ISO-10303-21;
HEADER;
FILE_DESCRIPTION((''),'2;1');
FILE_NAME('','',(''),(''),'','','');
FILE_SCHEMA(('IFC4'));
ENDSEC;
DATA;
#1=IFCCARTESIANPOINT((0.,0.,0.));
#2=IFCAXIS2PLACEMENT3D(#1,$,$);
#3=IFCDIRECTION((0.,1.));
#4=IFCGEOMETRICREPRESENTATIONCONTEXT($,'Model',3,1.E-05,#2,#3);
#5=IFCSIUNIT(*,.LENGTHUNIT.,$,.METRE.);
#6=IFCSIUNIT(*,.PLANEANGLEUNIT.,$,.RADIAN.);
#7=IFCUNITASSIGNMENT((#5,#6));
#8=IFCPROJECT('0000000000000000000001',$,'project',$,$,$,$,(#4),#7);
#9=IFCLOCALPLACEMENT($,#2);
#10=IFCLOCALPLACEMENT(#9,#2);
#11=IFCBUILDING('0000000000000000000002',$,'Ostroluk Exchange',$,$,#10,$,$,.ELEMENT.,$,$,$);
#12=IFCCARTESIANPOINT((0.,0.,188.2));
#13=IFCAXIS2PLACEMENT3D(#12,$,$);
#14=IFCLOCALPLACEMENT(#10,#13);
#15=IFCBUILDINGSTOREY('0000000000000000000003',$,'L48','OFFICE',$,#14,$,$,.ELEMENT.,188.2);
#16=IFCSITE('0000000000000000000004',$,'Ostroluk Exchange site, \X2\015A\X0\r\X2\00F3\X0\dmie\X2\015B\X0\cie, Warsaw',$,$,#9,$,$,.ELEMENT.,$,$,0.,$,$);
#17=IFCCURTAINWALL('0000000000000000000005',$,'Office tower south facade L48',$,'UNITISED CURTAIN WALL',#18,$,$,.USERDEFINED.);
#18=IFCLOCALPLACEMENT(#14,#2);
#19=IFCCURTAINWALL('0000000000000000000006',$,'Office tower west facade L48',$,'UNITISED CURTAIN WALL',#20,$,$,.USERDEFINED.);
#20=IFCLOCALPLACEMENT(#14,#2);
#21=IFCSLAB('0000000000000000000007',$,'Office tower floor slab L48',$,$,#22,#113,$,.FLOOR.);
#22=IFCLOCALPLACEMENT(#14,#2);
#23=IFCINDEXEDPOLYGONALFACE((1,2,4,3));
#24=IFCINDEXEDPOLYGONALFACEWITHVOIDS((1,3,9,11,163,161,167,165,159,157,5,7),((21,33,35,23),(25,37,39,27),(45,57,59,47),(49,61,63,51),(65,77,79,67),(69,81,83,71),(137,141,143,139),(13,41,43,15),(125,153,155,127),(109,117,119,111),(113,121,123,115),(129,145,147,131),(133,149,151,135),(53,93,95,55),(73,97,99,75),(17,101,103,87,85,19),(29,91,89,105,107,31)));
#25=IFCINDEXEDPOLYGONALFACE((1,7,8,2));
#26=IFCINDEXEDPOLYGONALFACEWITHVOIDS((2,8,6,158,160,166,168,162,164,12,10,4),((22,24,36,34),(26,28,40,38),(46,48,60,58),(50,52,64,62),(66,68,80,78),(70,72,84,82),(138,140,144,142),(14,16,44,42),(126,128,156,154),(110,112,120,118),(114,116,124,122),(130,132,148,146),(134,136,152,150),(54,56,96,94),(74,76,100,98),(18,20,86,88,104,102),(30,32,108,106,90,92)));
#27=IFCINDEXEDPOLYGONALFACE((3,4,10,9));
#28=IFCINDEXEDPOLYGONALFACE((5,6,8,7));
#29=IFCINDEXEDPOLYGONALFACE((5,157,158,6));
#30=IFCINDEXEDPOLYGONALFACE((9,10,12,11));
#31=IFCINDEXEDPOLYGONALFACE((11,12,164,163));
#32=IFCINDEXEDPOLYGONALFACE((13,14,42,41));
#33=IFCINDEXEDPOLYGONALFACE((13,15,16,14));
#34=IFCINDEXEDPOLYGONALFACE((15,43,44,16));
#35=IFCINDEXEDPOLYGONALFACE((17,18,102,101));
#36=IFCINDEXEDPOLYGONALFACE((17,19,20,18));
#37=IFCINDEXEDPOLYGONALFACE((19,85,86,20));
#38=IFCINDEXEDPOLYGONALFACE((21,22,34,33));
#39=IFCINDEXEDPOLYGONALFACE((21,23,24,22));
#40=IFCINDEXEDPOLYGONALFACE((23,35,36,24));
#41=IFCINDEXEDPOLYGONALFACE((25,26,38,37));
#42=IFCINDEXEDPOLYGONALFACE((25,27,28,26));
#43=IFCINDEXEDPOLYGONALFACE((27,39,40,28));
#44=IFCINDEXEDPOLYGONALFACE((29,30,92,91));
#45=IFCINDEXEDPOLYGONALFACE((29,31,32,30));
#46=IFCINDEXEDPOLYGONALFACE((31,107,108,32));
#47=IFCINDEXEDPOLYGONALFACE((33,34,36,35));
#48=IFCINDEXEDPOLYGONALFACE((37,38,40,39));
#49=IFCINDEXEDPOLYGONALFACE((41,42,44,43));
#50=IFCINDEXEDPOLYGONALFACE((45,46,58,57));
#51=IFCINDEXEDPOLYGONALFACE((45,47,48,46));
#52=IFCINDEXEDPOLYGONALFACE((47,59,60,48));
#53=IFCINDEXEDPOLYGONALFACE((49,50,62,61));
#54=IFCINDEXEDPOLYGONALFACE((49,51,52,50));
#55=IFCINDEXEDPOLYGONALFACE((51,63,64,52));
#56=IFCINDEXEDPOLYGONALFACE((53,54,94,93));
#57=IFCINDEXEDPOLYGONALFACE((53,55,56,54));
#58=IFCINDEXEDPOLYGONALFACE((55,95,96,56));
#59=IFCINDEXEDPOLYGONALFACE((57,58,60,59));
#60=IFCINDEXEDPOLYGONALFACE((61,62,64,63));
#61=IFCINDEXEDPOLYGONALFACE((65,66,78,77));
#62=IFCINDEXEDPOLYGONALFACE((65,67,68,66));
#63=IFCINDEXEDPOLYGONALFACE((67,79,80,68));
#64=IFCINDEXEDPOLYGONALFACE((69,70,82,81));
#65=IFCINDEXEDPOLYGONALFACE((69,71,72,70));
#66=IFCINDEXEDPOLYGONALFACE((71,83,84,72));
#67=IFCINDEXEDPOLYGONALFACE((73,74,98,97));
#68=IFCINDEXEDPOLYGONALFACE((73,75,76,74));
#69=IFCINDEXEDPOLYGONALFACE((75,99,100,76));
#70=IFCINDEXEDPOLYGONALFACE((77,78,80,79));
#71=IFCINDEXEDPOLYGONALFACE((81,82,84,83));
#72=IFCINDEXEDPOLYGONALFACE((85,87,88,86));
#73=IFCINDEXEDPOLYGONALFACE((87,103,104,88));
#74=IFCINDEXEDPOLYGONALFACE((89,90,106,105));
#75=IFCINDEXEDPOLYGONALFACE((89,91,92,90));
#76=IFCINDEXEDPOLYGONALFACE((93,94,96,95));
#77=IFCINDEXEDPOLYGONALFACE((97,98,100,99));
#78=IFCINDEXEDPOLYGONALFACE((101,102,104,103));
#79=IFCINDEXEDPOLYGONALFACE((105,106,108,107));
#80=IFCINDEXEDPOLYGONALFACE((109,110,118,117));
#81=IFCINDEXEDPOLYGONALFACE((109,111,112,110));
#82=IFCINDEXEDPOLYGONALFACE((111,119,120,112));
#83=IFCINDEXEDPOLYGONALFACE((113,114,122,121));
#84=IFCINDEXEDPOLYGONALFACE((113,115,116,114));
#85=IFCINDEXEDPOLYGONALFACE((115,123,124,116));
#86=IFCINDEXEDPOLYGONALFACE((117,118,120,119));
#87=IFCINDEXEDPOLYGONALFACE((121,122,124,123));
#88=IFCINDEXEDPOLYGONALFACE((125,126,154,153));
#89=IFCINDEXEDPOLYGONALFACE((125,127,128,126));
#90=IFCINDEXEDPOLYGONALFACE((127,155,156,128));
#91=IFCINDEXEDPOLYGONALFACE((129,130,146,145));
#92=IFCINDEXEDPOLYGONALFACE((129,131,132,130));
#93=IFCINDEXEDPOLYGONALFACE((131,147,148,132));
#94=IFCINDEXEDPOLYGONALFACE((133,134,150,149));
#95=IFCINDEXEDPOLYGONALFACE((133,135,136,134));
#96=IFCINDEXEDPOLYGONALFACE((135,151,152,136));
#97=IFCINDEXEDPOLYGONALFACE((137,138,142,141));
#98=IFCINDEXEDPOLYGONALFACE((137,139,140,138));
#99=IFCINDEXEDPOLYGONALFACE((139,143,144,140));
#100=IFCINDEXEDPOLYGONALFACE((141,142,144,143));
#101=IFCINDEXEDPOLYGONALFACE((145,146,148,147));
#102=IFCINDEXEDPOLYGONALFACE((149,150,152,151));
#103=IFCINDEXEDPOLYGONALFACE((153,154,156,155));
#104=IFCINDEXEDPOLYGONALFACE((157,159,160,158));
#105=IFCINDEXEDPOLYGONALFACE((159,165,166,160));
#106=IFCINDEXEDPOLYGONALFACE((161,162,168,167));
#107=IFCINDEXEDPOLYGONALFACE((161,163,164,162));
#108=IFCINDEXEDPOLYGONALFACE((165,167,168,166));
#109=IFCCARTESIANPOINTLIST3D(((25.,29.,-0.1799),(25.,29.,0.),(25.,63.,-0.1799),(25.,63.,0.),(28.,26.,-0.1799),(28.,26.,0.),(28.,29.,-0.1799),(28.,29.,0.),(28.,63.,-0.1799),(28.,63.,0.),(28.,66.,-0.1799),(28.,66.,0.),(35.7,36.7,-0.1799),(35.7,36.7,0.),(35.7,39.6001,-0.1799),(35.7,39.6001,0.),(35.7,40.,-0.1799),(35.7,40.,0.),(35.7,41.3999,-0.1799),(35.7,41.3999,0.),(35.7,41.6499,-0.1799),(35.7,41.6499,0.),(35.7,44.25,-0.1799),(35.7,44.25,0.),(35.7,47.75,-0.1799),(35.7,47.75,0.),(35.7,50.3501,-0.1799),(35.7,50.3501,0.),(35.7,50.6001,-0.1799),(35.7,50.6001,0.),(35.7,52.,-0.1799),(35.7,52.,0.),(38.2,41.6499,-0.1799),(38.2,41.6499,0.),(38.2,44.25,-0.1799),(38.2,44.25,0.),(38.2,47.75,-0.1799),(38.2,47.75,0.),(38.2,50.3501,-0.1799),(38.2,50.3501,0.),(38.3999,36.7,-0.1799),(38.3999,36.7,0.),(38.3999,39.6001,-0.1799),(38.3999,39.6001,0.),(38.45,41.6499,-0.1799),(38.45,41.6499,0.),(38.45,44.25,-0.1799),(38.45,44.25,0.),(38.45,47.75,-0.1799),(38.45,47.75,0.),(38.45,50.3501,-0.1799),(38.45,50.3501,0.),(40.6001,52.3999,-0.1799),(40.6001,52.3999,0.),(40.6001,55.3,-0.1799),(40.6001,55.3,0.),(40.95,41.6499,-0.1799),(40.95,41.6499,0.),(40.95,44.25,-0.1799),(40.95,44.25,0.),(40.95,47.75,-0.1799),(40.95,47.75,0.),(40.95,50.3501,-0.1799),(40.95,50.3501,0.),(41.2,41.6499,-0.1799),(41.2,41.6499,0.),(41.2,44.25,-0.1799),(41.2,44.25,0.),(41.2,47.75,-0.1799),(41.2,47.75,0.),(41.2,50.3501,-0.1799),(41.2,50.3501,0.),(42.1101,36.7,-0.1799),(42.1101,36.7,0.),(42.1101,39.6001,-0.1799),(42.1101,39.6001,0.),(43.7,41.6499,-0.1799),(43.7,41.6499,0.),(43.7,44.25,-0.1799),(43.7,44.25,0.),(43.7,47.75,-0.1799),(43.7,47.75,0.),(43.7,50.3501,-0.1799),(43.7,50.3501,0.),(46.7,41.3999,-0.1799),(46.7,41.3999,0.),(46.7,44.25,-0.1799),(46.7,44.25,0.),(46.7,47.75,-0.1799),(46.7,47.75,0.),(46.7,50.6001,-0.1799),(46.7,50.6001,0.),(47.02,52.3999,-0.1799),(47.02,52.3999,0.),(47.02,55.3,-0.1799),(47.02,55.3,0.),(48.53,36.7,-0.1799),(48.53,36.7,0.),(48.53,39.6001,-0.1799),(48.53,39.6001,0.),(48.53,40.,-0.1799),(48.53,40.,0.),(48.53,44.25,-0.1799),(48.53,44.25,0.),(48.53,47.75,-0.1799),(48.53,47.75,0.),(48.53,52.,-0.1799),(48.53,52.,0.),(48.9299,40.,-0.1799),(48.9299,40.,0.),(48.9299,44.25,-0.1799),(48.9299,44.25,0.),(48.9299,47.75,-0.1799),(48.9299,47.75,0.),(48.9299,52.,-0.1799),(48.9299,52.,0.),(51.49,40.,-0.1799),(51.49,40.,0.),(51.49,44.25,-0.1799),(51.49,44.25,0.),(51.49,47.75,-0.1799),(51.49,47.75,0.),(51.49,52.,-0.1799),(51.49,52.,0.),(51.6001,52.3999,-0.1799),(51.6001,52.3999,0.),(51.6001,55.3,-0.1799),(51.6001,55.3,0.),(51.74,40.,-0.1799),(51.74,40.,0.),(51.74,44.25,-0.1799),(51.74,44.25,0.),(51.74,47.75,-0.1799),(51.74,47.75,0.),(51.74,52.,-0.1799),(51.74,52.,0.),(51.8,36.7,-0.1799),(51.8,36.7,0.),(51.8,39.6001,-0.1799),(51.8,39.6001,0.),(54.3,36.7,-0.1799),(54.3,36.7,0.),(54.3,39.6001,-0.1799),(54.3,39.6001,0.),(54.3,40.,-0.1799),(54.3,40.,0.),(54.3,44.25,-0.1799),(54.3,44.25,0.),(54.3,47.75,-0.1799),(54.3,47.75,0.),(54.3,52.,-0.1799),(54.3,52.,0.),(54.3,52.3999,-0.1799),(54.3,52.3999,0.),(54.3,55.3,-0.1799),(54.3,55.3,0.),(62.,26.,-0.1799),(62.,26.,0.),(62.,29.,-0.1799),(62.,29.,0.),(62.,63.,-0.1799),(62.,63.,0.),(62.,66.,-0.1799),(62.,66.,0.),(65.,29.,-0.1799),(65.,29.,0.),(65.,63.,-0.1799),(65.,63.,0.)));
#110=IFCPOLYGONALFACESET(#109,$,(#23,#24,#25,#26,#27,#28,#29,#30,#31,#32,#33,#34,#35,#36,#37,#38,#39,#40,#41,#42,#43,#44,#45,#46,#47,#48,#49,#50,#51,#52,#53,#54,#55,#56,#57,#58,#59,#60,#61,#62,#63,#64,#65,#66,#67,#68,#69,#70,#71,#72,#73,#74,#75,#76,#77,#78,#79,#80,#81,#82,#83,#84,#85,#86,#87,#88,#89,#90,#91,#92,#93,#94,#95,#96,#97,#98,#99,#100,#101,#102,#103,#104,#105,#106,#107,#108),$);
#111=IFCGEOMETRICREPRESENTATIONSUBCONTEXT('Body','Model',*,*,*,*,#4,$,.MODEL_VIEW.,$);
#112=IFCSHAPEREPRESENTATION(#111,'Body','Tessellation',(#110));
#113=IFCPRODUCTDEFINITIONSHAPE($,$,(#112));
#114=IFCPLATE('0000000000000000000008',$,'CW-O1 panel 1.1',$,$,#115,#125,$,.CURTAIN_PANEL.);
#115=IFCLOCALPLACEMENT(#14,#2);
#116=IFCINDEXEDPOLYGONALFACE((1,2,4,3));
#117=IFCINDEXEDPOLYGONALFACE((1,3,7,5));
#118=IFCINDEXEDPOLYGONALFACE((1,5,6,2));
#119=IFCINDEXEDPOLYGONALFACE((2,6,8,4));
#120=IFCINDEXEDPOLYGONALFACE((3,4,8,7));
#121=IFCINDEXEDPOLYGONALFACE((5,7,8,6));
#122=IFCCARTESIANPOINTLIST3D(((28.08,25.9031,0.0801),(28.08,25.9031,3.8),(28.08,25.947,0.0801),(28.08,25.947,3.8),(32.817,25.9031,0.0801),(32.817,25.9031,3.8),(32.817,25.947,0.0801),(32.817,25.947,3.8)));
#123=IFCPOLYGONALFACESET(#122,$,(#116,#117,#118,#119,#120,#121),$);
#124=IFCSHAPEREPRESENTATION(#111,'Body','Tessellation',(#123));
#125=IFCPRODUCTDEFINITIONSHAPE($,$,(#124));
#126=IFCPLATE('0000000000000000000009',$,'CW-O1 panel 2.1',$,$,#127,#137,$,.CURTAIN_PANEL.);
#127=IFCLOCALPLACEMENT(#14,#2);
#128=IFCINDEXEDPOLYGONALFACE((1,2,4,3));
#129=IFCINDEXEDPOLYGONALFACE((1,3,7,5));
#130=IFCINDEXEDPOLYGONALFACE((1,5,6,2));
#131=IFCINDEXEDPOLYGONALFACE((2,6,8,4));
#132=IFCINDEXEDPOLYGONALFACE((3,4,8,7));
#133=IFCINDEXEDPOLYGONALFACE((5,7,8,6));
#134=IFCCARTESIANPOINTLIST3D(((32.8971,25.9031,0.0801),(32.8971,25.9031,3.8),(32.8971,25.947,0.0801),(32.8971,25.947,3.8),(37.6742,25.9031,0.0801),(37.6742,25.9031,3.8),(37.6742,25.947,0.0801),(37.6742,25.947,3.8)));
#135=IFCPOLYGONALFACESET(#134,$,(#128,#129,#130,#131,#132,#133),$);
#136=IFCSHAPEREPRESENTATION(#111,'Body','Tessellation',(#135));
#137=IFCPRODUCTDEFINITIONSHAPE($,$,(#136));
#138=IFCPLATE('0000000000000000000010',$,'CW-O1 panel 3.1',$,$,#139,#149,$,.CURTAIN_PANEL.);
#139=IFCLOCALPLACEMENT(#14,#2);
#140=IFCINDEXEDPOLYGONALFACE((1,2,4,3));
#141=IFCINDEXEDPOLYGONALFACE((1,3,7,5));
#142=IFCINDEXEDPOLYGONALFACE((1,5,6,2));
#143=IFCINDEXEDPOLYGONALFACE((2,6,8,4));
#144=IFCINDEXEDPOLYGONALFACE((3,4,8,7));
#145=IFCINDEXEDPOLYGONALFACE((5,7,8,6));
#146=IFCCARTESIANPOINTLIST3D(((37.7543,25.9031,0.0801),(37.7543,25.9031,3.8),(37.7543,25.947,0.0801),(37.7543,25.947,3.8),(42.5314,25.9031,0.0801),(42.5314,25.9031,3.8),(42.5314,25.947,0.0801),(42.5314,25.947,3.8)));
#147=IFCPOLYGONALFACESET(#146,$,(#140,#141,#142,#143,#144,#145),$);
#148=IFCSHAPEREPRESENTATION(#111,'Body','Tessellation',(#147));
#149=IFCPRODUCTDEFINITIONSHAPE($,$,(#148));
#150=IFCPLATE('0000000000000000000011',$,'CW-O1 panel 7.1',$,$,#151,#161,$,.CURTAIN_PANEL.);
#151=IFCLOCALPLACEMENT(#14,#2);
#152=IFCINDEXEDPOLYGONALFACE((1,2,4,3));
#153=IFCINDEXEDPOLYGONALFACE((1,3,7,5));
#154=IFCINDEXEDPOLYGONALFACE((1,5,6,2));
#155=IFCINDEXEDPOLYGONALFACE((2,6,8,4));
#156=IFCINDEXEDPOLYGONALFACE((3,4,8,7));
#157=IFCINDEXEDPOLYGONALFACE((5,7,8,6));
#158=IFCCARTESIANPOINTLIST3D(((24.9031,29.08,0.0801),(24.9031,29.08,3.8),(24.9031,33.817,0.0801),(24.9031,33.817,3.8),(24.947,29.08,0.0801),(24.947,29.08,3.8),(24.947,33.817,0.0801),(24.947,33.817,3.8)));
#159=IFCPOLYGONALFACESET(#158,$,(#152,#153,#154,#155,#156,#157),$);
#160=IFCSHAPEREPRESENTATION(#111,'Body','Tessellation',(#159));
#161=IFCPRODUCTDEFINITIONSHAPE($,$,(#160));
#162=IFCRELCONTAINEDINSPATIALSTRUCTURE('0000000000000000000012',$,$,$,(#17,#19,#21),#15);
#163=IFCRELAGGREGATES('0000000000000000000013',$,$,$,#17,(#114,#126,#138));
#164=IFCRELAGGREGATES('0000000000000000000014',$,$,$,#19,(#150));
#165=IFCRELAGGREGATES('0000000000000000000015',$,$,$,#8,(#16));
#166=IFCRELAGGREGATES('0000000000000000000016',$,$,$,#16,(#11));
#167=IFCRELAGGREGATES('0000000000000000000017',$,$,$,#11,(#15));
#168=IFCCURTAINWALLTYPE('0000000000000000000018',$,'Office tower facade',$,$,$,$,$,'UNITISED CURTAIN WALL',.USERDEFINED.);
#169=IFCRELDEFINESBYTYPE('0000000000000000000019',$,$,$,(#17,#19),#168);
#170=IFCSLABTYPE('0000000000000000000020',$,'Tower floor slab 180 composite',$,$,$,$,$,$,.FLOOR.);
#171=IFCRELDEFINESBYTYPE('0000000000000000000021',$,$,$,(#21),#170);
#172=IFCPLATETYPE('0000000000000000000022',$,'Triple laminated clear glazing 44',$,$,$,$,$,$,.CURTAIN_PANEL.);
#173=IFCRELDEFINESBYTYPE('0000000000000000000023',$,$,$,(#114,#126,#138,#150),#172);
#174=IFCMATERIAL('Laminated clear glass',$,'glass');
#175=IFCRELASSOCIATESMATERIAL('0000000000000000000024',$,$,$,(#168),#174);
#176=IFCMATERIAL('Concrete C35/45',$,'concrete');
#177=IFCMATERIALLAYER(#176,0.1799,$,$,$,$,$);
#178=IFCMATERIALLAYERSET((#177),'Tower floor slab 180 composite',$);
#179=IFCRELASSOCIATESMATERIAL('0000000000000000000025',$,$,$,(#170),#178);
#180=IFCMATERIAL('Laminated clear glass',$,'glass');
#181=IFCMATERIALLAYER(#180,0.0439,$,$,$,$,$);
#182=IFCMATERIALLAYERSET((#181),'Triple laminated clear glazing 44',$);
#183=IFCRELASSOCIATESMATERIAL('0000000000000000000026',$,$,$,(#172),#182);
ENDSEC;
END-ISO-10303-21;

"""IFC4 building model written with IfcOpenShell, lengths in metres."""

from ifc_helpers import new_model, si_unit, direction, frame, origin, origin_2d, place, context, subcontext, project, spatial, polyline, rectangle, outline, extrude, material, layer, layer_set, type_object, element, aggregate, save


model = new_model("IFC4")

# Units and contexts
model_context = context("Model", 3, precision=1e-05, world=origin(), true_north=direction((0.0, 1.0)))
body_context = subcontext(model_context, "Body", "Model", "MODEL_VIEW")
ifc_project = project(units=[si_unit("LENGTHUNIT", "METRE"), si_unit("PLANEANGLEUNIT", "RADIAN")], contexts=[model_context])

# Site, building, storey
site_placement = place(None, origin())
site = spatial("IfcSite", under=ifc_project, at=site_placement, Name="Ostroluk Exchange site, Śródmieście, Warsaw", CompositionType="ELEMENT", RefElevation=0.0)
building_placement = place(site_placement, origin())
building = spatial("IfcBuilding", under=site, at=building_placement, Name="Ostroluk Exchange", CompositionType="ELEMENT")
storey_placement = place(building_placement, frame((0.0, 0.0, 188.2)))
storey = spatial("IfcBuildingStorey", under=building, at=storey_placement, Name="L48", Description="OFFICE", CompositionType="ELEMENT", Elevation=188.2)

# Curtain wall
ifc_material_1 = material(Name="Laminated clear glass", Category="glass")
curtain_wall_type = type_object("IfcCurtainWallType", Name="Office tower facade", ElementType="UNITISED CURTAIN WALL", PredefinedType="USERDEFINED", material=ifc_material_1)
curtain_wall_1_placement = place(storey_placement, origin())
curtain_wall_1 = element("IfcCurtainWall", 1, at=curtain_wall_1_placement, inside=storey, type_object=curtain_wall_type, Name="Office tower south facade L48", ObjectType="UNITISED CURTAIN WALL", PredefinedType="USERDEFINED")

# Curtain wall
curtain_wall_2_placement = place(storey_placement, origin())
curtain_wall_2 = element("IfcCurtainWall", 2, at=curtain_wall_2_placement, inside=storey, type_object=curtain_wall_type, Name="Office tower west facade L48", ObjectType="UNITISED CURTAIN WALL", PredefinedType="USERDEFINED")

# Slab
ifc_material_2 = material(Name="Concrete C35/45", Category="concrete")
ifc_layer_1 = layer(ifc_material_2, 0.1799)
ifc_layer_set_1 = layer_set([ifc_layer_1], Name="Tower floor slab 180 composite")
slab_type_1 = type_object("IfcSlabType", Name="Tower floor slab 180 composite", PredefinedType="FLOOR", material=ifc_layer_set_1)
slab_1_placement = place(storey_placement, frame((0.0, 0.0, -0.1799)))
element("IfcSlab", 3, at=slab_1_placement, inside=storey, type_object=slab_type_1, Name="Office tower floor slab L48", PredefinedType="FLOOR", context=body_context, shape_type="SweptSolid", body=[
    extrude(outline(polyline([(28.0, 26.0), (62.0, 26.0), (62.0, 29.0), (65.0, 29.0), (65.0, 63.0), (62.0, 63.0), (62.0, 66.0), (28.0, 66.0), (28.0, 63.0), (25.0, 63.0), (25.0, 29.0), (28.0, 29.0), (28.0, 26.0)]), holes=[polyline([(35.7, 36.7), (38.3999, 36.7), (38.3999, 39.6001), (35.7, 39.6001), (35.7, 36.7)]), polyline([(42.1101, 36.7), (48.53, 36.7), (48.53, 39.6001), (42.1101, 39.6001), (42.1101, 36.7)]), polyline([(51.8, 36.7), (54.3, 36.7), (54.3, 39.6001), (51.8, 39.6001), (51.8, 36.7)]), polyline([(40.6001, 52.3999), (47.02, 52.3999), (47.02, 55.3), (40.6001, 55.3), (40.6001, 52.3999)]), polyline([(51.6001, 52.3999), (54.3, 52.3999), (54.3, 55.3), (51.6001, 55.3), (51.6001, 52.3999)]), polyline([(35.7, 47.75), (38.2, 47.75), (38.2, 50.3501), (35.7, 50.3501), (35.7, 47.75)]), polyline([(38.45, 47.75), (40.95, 47.75), (40.95, 50.3501), (38.45, 50.3501), (38.45, 47.75)]), polyline([(41.2, 47.75), (43.7, 47.75), (43.7, 50.3501), (41.2, 50.3501), (41.2, 47.75)]), polyline([(35.7, 41.6499), (38.2, 41.6499), (38.2, 44.25), (35.7, 44.25), (35.7, 41.6499)]), polyline([(38.45, 41.6499), (40.95, 41.6499), (40.95, 44.25), (38.45, 44.25), (38.45, 41.6499)]), polyline([(41.2, 41.6499), (43.7, 41.6499), (43.7, 44.25), (41.2, 44.25), (41.2, 41.6499)]), polyline([(48.9299, 47.75), (51.49, 47.75), (51.49, 52.0), (48.9299, 52.0), (48.9299, 47.75)]), polyline([(51.74, 47.75), (54.3, 47.75), (54.3, 52.0), (51.74, 52.0), (51.74, 47.75)]), polyline([(48.9299, 40.0), (51.49, 40.0), (51.49, 44.25), (48.9299, 44.25), (48.9299, 40.0)]), polyline([(51.74, 40.0), (54.3, 40.0), (54.3, 44.25), (51.74, 44.25), (51.74, 40.0)]), polyline([(48.53, 52.0), (48.53, 47.75), (46.7, 47.75), (46.7, 50.6001), (35.7, 50.6001), (35.7, 52.0), (48.53, 52.0)]), polyline([(35.7, 40.0), (35.7, 41.3999), (46.7, 41.3999), (46.7, 44.25), (48.53, 44.25), (48.53, 40.0), (35.7, 40.0)])]), origin(), (0.0, 0.0, 1.0), 0.1799),
])

# Plates
ifc_material_3 = material(Name="Laminated clear glass", Category="glass")
ifc_layer_2 = layer(ifc_material_3, 0.0439)
ifc_layer_set_2 = layer_set([ifc_layer_2], Name="Triple laminated clear glazing 44")
plate_type_1 = type_object("IfcPlateType", Name="Triple laminated clear glazing 44", PredefinedType="CURTAIN_PANEL", material=ifc_layer_set_2)
plate_1_placement = place(storey_placement, frame((30.4485, 25.925, 0.0801), z_axis=(0.0, 0.0, 1.0), x_axis=(1.0, 0.0, 0.0)))
plate_1 = element("IfcPlate", 4, at=plate_1_placement, type_object=plate_type_1, Name="CW-O1 panel 1.1", PredefinedType="CURTAIN_PANEL", context=body_context, shape_type="SweptSolid", body=[
    extrude(rectangle(XDim=4.7371, YDim=0.0439, at=origin_2d()), origin(), (0.0, 0.0, 1.0), 3.72),
])
plate_2_placement = place(storey_placement, frame((35.2856, 25.925, 0.0801), z_axis=(0.0, 0.0, 1.0), x_axis=(1.0, 0.0, 0.0)))
plate_2 = element("IfcPlate", 5, at=plate_2_placement, type_object=plate_type_1, Name="CW-O1 panel 2.1", PredefinedType="CURTAIN_PANEL", context=body_context, shape_type="SweptSolid", body=[
    extrude(rectangle(XDim=4.7771, YDim=0.0439, at=origin_2d()), origin(), (0.0, 0.0, 1.0), 3.72),
])
plate_3_placement = place(storey_placement, frame((40.1428, 25.925, 0.0801), z_axis=(0.0, 0.0, 1.0), x_axis=(1.0, 0.0, 0.0)))
plate_3 = element("IfcPlate", 6, at=plate_3_placement, type_object=plate_type_1, Name="CW-O1 panel 3.1", PredefinedType="CURTAIN_PANEL", context=body_context, shape_type="SweptSolid", body=[
    extrude(rectangle(XDim=4.7771, YDim=0.0439, at=origin_2d()), origin(), (0.0, 0.0, 1.0), 3.72),
])
aggregate(curtain_wall_1, [plate_1, plate_2, plate_3])
plate_4_placement = place(storey_placement, frame((24.925, 31.4485, 0.0801), z_axis=(0.0, 0.0, 1.0), x_axis=(0.0, -1.0, 0.0)))
plate_4 = element("IfcPlate", 7, at=plate_4_placement, type_object=plate_type_1, Name="CW-O1 panel 7.1", PredefinedType="CURTAIN_PANEL", context=body_context, shape_type="SweptSolid", body=[
    extrude(rectangle(XDim=4.7371, YDim=0.0439, at=origin_2d()), origin(), (0.0, 0.0, 1.0), 3.72),
])
aggregate(curtain_wall_2, [plate_4])

save(model, "model.ifc")
